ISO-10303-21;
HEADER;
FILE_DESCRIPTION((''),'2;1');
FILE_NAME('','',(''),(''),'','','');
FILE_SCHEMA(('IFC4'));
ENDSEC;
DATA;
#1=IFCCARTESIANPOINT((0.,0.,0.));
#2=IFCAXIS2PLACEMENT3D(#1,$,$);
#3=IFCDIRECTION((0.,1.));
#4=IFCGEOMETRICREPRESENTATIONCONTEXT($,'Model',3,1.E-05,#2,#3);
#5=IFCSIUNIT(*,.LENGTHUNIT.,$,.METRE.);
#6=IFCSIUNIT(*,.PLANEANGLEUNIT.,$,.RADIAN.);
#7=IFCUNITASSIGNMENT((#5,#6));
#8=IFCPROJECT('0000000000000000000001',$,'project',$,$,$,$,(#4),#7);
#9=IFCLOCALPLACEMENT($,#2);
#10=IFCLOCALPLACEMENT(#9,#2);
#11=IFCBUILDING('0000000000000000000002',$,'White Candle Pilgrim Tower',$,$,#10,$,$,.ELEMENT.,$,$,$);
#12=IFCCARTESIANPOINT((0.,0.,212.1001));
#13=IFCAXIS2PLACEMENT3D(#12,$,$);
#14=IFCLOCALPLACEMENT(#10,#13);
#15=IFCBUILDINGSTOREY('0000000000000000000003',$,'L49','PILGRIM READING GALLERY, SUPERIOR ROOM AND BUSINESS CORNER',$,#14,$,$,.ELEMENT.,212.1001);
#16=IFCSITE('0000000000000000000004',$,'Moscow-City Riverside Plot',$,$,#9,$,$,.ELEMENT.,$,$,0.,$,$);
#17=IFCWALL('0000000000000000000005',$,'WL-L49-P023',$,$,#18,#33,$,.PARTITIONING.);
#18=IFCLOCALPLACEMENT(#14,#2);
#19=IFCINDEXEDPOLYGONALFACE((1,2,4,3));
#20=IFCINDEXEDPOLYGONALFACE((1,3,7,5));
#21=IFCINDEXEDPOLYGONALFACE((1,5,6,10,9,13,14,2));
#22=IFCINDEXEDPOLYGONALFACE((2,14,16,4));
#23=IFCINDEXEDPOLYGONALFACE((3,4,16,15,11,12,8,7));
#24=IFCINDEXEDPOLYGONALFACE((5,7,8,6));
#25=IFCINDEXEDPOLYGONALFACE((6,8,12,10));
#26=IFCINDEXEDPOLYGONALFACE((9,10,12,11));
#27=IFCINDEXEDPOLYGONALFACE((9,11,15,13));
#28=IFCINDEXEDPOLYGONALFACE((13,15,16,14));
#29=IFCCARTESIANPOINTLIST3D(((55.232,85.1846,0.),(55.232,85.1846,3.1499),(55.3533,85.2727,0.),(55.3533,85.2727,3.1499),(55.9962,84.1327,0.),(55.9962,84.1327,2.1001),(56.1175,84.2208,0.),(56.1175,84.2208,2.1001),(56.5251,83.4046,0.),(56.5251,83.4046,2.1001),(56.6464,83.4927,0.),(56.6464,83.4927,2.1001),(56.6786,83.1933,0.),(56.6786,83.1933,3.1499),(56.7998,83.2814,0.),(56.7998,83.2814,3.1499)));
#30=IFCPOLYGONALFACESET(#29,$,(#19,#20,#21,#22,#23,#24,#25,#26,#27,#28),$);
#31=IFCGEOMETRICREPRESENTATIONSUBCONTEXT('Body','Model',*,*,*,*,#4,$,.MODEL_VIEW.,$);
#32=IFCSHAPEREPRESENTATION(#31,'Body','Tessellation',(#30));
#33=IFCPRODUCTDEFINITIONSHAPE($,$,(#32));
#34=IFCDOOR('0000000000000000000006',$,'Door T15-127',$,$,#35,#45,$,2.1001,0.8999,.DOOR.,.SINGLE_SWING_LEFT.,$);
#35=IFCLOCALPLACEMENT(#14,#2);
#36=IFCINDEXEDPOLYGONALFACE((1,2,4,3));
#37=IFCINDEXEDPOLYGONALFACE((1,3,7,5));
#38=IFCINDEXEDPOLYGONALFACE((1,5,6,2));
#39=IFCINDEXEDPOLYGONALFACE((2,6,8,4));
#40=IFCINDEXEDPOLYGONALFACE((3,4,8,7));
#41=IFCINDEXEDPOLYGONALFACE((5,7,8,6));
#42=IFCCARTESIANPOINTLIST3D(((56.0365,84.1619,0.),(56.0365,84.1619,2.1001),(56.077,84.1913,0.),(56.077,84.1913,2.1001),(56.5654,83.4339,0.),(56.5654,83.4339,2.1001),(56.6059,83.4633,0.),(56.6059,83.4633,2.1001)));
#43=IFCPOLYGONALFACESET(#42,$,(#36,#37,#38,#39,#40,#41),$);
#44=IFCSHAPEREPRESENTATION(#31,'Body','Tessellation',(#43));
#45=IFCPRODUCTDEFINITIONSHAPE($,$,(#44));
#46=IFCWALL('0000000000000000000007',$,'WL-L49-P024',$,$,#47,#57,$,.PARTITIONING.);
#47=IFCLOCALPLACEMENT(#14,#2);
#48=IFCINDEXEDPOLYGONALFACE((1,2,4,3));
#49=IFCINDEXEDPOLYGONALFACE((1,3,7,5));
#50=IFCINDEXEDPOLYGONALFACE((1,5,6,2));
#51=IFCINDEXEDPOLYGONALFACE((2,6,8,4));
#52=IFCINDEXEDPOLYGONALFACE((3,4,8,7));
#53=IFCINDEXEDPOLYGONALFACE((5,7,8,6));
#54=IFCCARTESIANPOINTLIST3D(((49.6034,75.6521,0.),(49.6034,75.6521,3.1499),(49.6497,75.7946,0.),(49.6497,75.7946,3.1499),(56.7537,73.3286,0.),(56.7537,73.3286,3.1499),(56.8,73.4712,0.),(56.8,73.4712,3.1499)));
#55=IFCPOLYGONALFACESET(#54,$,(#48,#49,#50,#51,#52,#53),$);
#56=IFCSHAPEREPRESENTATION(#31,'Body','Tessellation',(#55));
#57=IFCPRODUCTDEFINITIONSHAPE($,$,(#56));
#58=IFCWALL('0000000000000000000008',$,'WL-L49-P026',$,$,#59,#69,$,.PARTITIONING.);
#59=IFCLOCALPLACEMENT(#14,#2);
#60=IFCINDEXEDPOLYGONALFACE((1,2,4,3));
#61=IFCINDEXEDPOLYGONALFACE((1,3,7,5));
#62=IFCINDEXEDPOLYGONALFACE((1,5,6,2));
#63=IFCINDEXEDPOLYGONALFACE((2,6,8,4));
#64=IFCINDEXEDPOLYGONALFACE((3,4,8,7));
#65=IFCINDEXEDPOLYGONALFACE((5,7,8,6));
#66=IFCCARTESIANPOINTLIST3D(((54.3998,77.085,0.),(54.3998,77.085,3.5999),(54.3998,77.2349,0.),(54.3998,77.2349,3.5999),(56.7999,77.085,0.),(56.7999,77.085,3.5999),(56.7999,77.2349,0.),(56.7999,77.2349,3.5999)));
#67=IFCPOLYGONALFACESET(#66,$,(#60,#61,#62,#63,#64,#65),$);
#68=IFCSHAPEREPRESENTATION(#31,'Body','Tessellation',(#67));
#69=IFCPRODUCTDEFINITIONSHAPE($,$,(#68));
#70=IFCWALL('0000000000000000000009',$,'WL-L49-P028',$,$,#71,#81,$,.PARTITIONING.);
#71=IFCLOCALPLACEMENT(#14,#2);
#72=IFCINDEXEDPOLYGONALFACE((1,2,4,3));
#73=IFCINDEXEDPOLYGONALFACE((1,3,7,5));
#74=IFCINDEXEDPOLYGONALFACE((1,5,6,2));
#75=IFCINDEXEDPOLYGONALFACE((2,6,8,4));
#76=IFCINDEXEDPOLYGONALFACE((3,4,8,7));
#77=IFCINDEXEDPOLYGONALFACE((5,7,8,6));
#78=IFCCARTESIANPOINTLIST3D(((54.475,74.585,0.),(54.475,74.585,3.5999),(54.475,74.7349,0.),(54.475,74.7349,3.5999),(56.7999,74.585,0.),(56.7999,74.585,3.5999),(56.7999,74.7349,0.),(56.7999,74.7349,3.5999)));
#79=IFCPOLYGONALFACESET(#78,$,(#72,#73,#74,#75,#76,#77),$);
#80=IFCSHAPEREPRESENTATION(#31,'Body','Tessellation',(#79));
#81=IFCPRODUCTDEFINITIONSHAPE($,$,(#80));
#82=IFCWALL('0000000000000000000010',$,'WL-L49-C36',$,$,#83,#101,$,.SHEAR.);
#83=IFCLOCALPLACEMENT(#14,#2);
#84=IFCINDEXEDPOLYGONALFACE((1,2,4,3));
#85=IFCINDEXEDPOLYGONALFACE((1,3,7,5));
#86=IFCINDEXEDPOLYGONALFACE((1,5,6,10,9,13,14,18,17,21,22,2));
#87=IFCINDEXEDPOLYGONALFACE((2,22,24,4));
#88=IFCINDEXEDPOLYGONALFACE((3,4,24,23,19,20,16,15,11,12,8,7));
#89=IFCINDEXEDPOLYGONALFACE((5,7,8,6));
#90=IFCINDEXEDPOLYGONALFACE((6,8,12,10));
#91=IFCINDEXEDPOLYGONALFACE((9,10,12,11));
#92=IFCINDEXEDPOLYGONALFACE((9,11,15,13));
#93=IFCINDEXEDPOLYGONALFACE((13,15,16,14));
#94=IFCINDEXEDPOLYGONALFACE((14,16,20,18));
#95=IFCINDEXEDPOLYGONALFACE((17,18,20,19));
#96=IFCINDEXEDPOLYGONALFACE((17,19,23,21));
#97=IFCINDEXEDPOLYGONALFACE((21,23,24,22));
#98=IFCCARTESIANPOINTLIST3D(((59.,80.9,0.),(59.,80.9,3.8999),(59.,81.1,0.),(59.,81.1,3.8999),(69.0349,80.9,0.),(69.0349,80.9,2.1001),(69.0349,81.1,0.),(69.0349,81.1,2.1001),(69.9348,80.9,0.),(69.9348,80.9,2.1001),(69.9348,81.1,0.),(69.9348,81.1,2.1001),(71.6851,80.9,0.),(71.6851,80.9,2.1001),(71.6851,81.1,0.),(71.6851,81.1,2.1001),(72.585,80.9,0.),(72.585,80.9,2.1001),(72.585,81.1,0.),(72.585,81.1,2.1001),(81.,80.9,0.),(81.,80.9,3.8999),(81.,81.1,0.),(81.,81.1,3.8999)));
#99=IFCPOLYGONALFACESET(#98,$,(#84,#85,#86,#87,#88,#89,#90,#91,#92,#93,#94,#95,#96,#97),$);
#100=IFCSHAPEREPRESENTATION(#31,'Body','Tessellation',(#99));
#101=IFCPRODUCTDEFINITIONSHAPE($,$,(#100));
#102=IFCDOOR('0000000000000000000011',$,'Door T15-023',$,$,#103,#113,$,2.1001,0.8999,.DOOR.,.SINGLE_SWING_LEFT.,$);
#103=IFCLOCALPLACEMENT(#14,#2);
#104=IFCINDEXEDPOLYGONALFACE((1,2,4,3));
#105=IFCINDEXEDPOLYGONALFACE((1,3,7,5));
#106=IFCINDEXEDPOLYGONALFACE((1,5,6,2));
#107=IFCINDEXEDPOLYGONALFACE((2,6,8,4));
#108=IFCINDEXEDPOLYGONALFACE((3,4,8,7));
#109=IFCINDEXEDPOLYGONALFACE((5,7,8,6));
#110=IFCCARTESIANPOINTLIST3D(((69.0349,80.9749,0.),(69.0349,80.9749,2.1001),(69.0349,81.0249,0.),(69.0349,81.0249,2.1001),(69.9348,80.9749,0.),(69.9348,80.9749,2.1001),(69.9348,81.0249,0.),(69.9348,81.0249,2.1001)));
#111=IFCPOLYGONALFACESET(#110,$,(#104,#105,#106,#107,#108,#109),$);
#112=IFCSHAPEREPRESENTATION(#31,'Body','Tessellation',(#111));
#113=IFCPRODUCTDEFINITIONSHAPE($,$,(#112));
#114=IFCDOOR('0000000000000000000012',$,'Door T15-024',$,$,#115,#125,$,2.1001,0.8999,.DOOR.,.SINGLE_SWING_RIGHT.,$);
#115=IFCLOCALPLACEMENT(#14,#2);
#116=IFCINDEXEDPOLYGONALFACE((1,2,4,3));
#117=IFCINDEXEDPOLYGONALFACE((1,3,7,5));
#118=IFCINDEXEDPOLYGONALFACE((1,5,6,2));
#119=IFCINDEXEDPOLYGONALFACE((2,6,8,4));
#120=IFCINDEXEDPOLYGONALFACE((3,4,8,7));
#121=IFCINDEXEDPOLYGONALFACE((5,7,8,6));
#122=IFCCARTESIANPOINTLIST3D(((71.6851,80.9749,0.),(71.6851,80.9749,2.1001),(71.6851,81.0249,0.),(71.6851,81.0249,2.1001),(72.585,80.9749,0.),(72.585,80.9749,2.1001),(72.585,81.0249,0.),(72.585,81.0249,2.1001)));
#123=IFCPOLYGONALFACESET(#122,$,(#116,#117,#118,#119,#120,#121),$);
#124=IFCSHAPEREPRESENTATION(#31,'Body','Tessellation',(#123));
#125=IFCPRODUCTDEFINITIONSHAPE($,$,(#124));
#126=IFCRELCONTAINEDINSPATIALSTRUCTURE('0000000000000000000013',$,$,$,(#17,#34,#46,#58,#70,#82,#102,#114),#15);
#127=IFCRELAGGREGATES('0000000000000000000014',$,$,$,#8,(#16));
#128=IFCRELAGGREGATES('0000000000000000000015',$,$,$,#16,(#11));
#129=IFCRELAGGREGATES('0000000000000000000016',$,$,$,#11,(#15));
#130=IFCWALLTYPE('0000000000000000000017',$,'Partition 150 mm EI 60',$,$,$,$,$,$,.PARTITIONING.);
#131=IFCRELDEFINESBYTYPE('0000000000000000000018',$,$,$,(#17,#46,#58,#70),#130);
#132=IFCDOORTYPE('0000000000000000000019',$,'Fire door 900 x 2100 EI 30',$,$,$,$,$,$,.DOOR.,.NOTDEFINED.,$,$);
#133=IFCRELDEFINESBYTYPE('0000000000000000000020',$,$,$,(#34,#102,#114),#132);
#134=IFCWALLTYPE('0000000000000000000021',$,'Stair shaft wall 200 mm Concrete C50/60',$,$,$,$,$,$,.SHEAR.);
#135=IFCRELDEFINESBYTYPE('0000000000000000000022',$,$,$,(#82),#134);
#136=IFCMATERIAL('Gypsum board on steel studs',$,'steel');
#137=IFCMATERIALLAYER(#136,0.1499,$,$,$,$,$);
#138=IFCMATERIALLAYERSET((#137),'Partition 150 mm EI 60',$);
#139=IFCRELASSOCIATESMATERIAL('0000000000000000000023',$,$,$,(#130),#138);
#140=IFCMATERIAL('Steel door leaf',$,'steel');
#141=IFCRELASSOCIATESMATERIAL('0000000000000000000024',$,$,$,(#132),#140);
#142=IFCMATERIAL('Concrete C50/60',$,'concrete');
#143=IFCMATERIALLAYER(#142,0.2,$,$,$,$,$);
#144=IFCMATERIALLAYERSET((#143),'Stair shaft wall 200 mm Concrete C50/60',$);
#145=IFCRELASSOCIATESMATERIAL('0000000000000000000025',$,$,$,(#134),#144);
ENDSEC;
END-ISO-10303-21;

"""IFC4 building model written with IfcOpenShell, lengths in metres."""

from ifc_helpers import new_model, si_unit, direction, frame, frame_2d, origin, place, context, subcontext, project, spatial, rectangle, extrude, material, layer, layer_set, type_object, element, fill, save


model = new_model("IFC4")

# Units and contexts
model_context = context("Model", 3, precision=1e-05, world=origin(), true_north=direction((0.0, 1.0)))
body_context = subcontext(model_context, "Body", "Model", "MODEL_VIEW")
ifc_project = project(units=[si_unit("LENGTHUNIT", "METRE"), si_unit("PLANEANGLEUNIT", "RADIAN")], contexts=[model_context])

# Site, building, storey
site_placement = place(None, origin())
site = spatial("IfcSite", under=ifc_project, at=site_placement, Name="Moscow-City Riverside Plot", CompositionType="ELEMENT", RefElevation=0.0)
building_placement = place(site_placement, origin())
building = spatial("IfcBuilding", under=site, at=building_placement, Name="White Candle Pilgrim Tower", CompositionType="ELEMENT")
storey_placement = place(building_placement, frame((0.0, 0.0, 212.1001)))
storey = spatial("IfcBuildingStorey", under=building, at=storey_placement, Name="L49", Description="PILGRIM READING GALLERY, SUPERIOR ROOM AND BUSINESS CORNER", CompositionType="ELEMENT", Elevation=212.1001)

# Shared definitions
ifc_material_1 = material(Name="Concrete C50/60", Category="concrete")

# Shared definitions
ifc_material_2 = material(Name="Gypsum board on steel studs", Category="steel")
ifc_layer_1 = layer(ifc_material_2, 0.1499)
ifc_layer_set_1 = layer_set([ifc_layer_1], Name="Partition 150 mm EI 60")
wall_type_1 = type_object("IfcWallType", Name="Partition 150 mm EI 60", PredefinedType="PARTITIONING", material=ifc_layer_set_1)

# Wall, opening, door
wall_1_placement = place(storey_placement, frame((55.2927, 85.2285, 0.0), z_axis=(0.0, 0.0, 1.0), x_axis=(0.587741, -0.809049, 0.0)))
wall_1 = element("IfcWall", 1, at=wall_1_placement, inside=storey, type_object=wall_type_1, Name="WL-L49-P023", PredefinedType="PARTITIONING", context=body_context, shape_type="SweptSolid", body=[
    extrude(rectangle(XDim=2.4612, YDim=0.1499, at=frame_2d((1.2305, 0.0))), origin(), (0.0, 0.0, 1.0), 3.1499),
])
opening_1_placement = place(wall_1_placement, frame((1.3, 0.0, 0.0)))
opening_1 = element("IfcOpeningElement", 2, at=opening_1_placement, cuts=wall_1, PredefinedType="OPENING", context=body_context, shape_type="SweptSolid", body=[
    extrude(rectangle(XDim=0.8999, YDim=2.1001, at=frame_2d((0.45, 1.05))), frame((0.0, 0.085, 0.0), z_axis=(0.0, -1.0, 0.0), x_axis=(1.0, 0.0, 0.0)), (0.0, 0.0, 1.0), 0.1699),
])
ifc_material_3 = material(Name="Steel door leaf", Category="steel")
door_type = type_object("IfcDoorType", Name="Fire door 900 x 2100 EI 30", OperationType="NOTDEFINED", PredefinedType="DOOR", material=ifc_material_3)
door_1_placement = place(opening_1_placement, origin())
door_1 = element("IfcDoor", 3, at=door_1_placement, inside=storey, type_object=door_type, Name="Door T15-127", OperationType="SINGLE_SWING_LEFT", OverallHeight=2.1001, OverallWidth=0.8999, PredefinedType="DOOR", context=body_context, shape_type="SweptSolid", body=[
    extrude(rectangle(XDim=0.8999, YDim=2.1001, at=frame_2d((0.45, 1.05))), frame((0.0, 0.0249, 0.0), z_axis=(0.0, -1.0, 0.0), x_axis=(1.0, 0.0, 0.0)), (0.0, 0.0, 1.0), 0.05),
])
fill(opening_1, door_1)

# Walls
wall_2_placement = place(storey_placement, frame((49.6265, 75.7234, 0.0), z_axis=(0.0, 0.0, 1.0), x_axis=(0.951049, -0.309039, 0.0)))
element("IfcWall", 4, at=wall_2_placement, inside=storey, type_object=wall_type_1, Name="WL-L49-P024", PredefinedType="PARTITIONING", context=body_context, shape_type="SweptSolid", body=[
    extrude(rectangle(XDim=7.5183, YDim=0.1499, at=frame_2d((3.7593, 0.0))), origin(), (0.0, 0.0, 1.0), 3.1499),
])
wall_3_placement = place(storey_placement, frame((56.8, 77.1599, 0.0), z_axis=(0.0, 0.0, 1.0), x_axis=(-1.0, 0.0, 0.0)))
element("IfcWall", 5, at=wall_3_placement, inside=storey, type_object=wall_type_1, Name="WL-L49-P026", PredefinedType="PARTITIONING", context=body_context, shape_type="SweptSolid", body=[
    extrude(rectangle(XDim=2.4001, YDim=0.1499, at=frame_2d((1.2002, 0.0))), origin(), (0.0, 0.0, 1.0), 3.5999),
])
wall_4_placement = place(storey_placement, frame((56.8, 74.6599, 0.0), z_axis=(0.0, 0.0, 1.0), x_axis=(-1.0, 0.0, 0.0)))
element("IfcWall", 6, at=wall_4_placement, inside=storey, type_object=wall_type_1, Name="WL-L49-P028", PredefinedType="PARTITIONING", context=body_context, shape_type="SweptSolid", body=[
    extrude(rectangle(XDim=2.325, YDim=0.1499, at=frame_2d((1.1626, 0.0))), origin(), (0.0, 0.0, 1.0), 3.5999),
])

# Wall, openings, doors
ifc_layer_2 = layer(ifc_material_1, 0.2)
ifc_layer_set_2 = layer_set([ifc_layer_2], Name="Stair shaft wall 200 mm Concrete C50/60")
wall_type_2 = type_object("IfcWallType", Name="Stair shaft wall 200 mm Concrete C50/60", PredefinedType="SHEAR", material=ifc_layer_set_2)
wall_5_placement = place(storey_placement, frame((59.0, 81.0, 0.0), z_axis=(0.0, 0.0, 1.0), x_axis=(1.0, 0.0, 0.0)))
wall_5 = element("IfcWall", 7, at=wall_5_placement, inside=storey, type_object=wall_type_2, Name="WL-L49-C36", PredefinedType="SHEAR", context=body_context, shape_type="SweptSolid", body=[
    extrude(rectangle(XDim=22.0, YDim=0.2, at=frame_2d((11.0, 0.0))), origin(), (0.0, 0.0, 1.0), 3.8999),
])
opening_2_placement = place(wall_5_placement, frame((10.0349, 0.0, 0.0)))
opening_2 = element("IfcOpeningElement", 8, at=opening_2_placement, cuts=wall_5, PredefinedType="OPENING", context=body_context, shape_type="SweptSolid", body=[
    extrude(rectangle(XDim=0.8999, YDim=2.1001, at=frame_2d((0.45, 1.05))), frame((0.0, 0.1099, 0.0), z_axis=(0.0, -1.0, 0.0), x_axis=(1.0, 0.0, 0.0)), (0.0, 0.0, 1.0), 0.22),
])
opening_3_placement = place(wall_5_placement, frame((12.6851, 0.0, 0.0)))
opening_3 = element("IfcOpeningElement", 9, at=opening_3_placement, cuts=wall_5, PredefinedType="OPENING", context=body_context, shape_type="SweptSolid", body=[
    extrude(rectangle(XDim=0.8999, YDim=2.1001, at=frame_2d((0.45, 1.05))), frame((0.0, 0.1099, 0.0), z_axis=(0.0, -1.0, 0.0), x_axis=(1.0, 0.0, 0.0)), (0.0, 0.0, 1.0), 0.22),
])
door_2_placement = place(opening_2_placement, origin())
door_2 = element("IfcDoor", 10, at=door_2_placement, inside=storey, type_object=door_type, Name="Door T15-023", OperationType="SINGLE_SWING_LEFT", OverallHeight=2.1001, OverallWidth=0.8999, PredefinedType="DOOR", context=body_context, shape_type="SweptSolid", body=[
    extrude(rectangle(XDim=0.8999, YDim=2.1001, at=frame_2d((0.45, 1.05))), frame((0.0, 0.0249, 0.0), z_axis=(0.0, -1.0, 0.0), x_axis=(1.0, 0.0, 0.0)), (0.0, 0.0, 1.0), 0.05),
])
fill(opening_2, door_2)
door_3_placement = place(opening_3_placement, origin())
door_3 = element("IfcDoor", 11, at=door_3_placement, inside=storey, type_object=door_type, Name="Door T15-024", OperationType="SINGLE_SWING_RIGHT", OverallHeight=2.1001, OverallWidth=0.8999, PredefinedType="DOOR", context=body_context, shape_type="SweptSolid", body=[
    extrude(rectangle(XDim=0.8999, YDim=2.1001, at=frame_2d((0.45, 1.05))), frame((0.0, 0.0249, 0.0), z_axis=(0.0, -1.0, 0.0), x_axis=(1.0, 0.0, 0.0)), (0.0, 0.0, 1.0), 0.05),
])
fill(opening_3, door_3)

save(model, "model.ifc")
